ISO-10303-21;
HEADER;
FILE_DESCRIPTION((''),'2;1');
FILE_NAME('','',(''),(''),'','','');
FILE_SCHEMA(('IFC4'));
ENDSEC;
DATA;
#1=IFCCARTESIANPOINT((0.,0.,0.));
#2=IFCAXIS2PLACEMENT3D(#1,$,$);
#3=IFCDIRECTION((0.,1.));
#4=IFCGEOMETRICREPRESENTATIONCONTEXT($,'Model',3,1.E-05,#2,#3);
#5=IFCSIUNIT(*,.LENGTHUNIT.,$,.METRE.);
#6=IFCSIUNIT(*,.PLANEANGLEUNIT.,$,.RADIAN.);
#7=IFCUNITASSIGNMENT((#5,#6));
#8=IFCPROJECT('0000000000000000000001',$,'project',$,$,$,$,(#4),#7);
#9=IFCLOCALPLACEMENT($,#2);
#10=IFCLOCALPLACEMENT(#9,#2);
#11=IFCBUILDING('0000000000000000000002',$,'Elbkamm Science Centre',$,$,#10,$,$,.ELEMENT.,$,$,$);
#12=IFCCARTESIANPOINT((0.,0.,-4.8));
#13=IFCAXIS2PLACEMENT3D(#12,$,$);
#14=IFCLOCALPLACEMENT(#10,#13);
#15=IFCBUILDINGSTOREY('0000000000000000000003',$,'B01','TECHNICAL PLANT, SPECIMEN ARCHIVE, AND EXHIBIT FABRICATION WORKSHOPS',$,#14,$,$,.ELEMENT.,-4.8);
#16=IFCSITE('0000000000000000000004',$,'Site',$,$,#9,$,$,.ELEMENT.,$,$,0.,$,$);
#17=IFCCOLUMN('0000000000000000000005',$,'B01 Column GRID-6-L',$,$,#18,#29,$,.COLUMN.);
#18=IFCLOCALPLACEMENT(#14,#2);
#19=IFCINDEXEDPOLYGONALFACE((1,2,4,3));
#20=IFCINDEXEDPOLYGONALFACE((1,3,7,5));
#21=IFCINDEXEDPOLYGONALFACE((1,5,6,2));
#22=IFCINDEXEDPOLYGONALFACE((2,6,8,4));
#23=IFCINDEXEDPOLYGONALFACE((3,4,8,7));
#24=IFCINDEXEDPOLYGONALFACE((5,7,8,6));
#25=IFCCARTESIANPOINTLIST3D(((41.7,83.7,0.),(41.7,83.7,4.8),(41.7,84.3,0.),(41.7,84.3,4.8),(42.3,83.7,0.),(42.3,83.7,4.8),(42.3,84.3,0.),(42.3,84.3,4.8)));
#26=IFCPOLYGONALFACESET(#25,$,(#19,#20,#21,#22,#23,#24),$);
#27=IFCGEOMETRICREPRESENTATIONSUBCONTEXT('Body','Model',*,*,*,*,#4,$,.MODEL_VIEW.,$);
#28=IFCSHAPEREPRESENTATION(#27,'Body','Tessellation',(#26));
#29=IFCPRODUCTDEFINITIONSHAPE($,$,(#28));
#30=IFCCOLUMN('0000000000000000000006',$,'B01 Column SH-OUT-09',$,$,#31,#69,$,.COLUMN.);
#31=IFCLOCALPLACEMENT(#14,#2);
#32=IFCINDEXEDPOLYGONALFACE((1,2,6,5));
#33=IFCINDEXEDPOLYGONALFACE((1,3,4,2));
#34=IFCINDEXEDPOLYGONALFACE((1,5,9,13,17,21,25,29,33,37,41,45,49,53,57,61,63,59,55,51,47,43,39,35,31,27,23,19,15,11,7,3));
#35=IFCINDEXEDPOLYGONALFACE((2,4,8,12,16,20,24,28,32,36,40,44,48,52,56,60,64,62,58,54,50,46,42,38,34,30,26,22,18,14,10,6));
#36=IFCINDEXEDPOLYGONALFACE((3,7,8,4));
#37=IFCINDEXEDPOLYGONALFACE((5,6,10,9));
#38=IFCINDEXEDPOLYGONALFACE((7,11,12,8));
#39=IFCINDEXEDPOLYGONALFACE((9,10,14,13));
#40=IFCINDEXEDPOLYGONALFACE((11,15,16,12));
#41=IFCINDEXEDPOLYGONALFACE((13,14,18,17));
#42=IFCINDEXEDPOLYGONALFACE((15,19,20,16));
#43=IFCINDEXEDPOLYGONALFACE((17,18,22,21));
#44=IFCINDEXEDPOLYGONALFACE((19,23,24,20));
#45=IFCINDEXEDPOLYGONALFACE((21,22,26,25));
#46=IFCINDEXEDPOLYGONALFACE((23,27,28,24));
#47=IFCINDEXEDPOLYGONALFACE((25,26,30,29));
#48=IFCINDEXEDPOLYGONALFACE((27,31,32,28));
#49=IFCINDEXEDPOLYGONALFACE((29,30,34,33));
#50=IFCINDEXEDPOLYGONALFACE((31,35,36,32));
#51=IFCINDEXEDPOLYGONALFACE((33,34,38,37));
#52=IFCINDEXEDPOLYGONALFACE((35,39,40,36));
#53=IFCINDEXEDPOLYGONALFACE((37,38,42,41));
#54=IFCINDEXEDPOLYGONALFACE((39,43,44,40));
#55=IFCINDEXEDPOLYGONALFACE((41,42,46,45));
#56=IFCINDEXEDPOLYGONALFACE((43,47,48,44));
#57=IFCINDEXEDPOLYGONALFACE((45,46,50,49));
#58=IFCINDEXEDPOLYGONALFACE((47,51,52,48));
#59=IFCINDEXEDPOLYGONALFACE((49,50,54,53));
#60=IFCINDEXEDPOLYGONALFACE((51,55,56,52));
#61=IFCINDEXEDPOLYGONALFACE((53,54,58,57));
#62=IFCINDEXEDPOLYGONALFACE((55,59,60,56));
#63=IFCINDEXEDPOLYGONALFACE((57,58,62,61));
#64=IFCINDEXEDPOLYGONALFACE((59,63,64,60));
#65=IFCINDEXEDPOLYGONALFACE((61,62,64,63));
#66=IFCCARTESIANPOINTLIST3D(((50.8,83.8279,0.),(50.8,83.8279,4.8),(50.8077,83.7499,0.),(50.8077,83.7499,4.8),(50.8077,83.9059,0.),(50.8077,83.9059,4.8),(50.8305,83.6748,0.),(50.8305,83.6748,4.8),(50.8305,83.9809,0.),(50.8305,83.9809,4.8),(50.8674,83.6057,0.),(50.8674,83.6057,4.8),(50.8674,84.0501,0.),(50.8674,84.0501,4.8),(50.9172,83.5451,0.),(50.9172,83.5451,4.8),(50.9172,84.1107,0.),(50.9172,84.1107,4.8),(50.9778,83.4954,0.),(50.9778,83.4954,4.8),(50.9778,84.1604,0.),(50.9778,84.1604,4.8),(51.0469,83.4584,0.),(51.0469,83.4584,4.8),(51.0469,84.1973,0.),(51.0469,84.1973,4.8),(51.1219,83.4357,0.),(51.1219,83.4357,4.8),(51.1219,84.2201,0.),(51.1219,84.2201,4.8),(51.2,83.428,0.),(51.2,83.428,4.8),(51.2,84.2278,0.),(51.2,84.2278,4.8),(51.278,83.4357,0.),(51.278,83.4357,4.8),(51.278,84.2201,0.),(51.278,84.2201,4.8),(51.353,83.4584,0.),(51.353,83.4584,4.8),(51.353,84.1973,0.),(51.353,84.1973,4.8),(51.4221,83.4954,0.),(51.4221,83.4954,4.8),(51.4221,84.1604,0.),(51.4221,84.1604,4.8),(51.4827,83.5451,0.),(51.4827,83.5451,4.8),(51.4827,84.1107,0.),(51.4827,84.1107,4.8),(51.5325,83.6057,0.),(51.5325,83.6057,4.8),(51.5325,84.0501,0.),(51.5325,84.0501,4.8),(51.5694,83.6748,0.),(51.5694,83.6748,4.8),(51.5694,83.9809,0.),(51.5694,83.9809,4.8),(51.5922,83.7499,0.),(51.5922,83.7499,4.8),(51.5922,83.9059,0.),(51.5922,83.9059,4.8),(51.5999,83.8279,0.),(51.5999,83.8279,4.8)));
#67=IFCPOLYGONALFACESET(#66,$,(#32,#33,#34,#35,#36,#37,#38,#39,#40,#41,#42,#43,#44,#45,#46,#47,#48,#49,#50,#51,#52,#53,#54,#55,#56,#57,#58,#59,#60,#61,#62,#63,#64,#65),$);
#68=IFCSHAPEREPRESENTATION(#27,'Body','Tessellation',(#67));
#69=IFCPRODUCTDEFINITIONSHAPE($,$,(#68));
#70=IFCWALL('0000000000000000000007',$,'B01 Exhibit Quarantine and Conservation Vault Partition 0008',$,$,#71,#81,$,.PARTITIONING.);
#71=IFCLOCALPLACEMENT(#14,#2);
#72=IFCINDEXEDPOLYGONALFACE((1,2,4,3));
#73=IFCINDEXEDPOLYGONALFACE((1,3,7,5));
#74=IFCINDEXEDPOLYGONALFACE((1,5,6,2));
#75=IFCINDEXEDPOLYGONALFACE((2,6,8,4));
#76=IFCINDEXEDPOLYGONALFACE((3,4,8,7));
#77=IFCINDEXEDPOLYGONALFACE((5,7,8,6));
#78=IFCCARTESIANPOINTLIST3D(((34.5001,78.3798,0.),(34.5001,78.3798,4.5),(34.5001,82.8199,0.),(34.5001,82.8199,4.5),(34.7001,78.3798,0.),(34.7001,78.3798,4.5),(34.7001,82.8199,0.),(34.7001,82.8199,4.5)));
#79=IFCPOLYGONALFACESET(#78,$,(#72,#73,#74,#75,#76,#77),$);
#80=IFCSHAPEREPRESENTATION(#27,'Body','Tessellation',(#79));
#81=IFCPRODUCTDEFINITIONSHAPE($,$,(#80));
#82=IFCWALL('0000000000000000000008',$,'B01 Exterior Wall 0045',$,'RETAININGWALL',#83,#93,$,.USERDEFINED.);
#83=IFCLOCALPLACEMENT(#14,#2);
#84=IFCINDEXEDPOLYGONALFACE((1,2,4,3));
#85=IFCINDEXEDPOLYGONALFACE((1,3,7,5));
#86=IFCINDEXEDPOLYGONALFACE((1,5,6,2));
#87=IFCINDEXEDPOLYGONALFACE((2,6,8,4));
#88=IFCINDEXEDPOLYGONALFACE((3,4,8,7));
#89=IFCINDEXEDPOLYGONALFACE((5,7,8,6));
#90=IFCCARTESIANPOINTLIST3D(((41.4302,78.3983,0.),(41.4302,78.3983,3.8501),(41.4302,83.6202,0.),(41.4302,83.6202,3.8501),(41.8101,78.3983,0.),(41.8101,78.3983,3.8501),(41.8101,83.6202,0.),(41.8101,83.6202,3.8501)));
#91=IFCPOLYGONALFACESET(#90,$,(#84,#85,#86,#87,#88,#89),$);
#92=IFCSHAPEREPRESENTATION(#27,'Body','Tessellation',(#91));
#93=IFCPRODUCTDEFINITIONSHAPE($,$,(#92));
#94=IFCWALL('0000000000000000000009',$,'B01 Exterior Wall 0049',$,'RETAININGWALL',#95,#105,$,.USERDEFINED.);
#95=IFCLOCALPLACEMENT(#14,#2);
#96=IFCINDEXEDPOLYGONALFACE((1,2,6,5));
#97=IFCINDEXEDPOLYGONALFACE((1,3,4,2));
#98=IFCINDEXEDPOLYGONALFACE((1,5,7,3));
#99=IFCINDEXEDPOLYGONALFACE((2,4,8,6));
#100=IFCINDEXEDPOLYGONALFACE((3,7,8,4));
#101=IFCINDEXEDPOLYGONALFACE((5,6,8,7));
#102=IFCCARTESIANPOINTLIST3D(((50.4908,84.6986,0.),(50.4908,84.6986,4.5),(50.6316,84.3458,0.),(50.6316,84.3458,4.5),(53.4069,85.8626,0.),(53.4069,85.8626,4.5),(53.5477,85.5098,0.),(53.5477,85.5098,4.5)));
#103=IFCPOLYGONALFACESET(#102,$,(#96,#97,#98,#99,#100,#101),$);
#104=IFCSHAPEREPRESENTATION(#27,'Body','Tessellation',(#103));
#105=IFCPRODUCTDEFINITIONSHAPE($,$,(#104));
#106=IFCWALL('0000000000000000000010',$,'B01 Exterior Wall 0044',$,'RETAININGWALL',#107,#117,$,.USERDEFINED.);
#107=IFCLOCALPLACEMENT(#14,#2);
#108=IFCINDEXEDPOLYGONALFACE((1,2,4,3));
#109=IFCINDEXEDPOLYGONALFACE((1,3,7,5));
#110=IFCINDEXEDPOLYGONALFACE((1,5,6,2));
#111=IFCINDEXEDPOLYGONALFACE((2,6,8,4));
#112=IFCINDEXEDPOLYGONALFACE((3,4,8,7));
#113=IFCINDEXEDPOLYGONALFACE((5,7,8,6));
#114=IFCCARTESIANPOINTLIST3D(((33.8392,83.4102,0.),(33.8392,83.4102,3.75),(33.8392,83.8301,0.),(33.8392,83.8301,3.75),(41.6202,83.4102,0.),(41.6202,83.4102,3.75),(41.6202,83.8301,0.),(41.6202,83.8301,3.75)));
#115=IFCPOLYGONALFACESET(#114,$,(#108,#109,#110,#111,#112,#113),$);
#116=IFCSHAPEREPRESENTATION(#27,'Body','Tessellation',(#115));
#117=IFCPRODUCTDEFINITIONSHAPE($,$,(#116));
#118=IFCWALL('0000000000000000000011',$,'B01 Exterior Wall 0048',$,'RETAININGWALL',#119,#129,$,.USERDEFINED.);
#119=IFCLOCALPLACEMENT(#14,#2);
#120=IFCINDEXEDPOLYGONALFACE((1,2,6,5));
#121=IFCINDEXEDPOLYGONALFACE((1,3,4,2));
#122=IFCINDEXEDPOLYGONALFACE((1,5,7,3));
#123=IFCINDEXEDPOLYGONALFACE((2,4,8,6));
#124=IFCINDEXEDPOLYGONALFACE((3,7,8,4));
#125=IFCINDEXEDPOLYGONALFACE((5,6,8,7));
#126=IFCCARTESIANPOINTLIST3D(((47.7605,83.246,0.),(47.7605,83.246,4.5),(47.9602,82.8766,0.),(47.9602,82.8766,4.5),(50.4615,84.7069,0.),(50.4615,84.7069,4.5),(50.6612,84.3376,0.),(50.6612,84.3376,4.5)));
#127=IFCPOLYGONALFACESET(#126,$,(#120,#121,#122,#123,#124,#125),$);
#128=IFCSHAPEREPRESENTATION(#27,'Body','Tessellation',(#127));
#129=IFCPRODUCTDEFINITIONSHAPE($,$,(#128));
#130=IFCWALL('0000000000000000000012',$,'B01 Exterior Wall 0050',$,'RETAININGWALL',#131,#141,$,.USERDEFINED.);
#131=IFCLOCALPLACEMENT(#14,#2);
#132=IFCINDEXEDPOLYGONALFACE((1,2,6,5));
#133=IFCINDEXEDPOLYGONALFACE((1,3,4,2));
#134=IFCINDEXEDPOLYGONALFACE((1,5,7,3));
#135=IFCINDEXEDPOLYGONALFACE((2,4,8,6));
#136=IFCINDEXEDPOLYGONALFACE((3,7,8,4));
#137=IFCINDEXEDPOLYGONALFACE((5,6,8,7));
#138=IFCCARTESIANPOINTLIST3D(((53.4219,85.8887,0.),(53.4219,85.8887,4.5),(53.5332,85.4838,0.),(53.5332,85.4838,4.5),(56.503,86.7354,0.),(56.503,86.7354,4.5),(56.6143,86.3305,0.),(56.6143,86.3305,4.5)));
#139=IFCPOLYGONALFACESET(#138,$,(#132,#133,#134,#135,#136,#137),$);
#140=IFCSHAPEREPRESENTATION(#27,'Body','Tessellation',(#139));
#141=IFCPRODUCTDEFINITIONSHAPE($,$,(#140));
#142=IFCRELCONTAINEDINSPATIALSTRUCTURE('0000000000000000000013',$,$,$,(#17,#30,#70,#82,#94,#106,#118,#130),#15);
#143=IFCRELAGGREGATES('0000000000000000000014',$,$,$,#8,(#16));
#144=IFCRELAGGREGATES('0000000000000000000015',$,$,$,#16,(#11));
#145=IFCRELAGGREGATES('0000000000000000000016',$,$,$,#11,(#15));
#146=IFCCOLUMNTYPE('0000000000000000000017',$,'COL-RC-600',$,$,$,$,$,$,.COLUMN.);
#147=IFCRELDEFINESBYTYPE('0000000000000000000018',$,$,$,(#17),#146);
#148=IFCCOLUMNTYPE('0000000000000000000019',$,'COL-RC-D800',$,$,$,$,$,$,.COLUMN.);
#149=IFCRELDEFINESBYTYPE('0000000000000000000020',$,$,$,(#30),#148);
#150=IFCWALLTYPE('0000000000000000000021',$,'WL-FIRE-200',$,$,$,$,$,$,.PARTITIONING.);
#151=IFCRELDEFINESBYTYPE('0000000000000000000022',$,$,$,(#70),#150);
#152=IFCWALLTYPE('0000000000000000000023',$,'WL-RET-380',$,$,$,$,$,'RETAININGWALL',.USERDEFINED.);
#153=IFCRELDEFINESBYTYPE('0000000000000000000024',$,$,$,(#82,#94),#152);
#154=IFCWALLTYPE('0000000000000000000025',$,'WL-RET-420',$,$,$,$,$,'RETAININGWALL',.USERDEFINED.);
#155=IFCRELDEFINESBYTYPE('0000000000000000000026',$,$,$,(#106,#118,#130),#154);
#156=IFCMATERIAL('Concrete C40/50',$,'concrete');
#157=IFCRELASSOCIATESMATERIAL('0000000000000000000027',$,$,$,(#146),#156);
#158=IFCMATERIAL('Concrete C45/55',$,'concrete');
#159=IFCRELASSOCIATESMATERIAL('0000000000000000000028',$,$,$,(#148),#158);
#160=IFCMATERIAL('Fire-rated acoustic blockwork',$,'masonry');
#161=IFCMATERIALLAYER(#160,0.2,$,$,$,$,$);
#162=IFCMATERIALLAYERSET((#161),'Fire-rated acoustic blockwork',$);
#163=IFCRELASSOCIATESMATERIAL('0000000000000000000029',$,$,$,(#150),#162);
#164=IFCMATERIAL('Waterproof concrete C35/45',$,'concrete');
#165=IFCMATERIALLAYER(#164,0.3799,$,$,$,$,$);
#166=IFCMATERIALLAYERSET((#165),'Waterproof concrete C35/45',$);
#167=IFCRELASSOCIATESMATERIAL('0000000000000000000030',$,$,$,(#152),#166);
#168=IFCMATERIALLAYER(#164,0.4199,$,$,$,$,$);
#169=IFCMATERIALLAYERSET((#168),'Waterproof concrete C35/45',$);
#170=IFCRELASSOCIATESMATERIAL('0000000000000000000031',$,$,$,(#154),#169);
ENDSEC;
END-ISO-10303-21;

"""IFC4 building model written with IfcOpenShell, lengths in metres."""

from ifc_helpers import new_model, si_unit, direction, frame, frame_2d, origin, origin_2d, place, context, subcontext, project, spatial, rectangle, circle, extrude, material, layer, layer_set, material_profile, profile_set, type_object, element, save


model = new_model("IFC4")

# Units and contexts
model_context = context("Model", 3, precision=1e-05, world=origin(), true_north=direction((0.0, 1.0)))
body_context = subcontext(model_context, "Body", "Model", "MODEL_VIEW")
ifc_project = project(units=[si_unit("LENGTHUNIT", "METRE"), si_unit("PLANEANGLEUNIT", "RADIAN")], contexts=[model_context])

# Site, building, storey
site_placement = place(None, origin())
site = spatial("IfcSite", under=ifc_project, at=site_placement, Name="Site", CompositionType="ELEMENT", RefElevation=0.0)
building_placement = place(site_placement, origin())
building = spatial("IfcBuilding", under=site, at=building_placement, Name="Elbkamm Science Centre", CompositionType="ELEMENT")
storey_placement = place(building_placement, frame((0.0, 0.0, -4.8)))
storey = spatial("IfcBuildingStorey", under=building, at=storey_placement, Name="B01", Description="TECHNICAL PLANT, SPECIMEN ARCHIVE, AND EXHIBIT FABRICATION WORKSHOPS", CompositionType="ELEMENT", Elevation=-4.8)

# Columns
ifc_material_1 = material(Name="Concrete C40/50", Category="concrete")
ifc_material_profile_1 = material_profile(ifc_material_1, rectangle(XDim=0.6001, YDim=0.6001, at=origin_2d()), Name="RC 600x600")
ifc_profile_set_1 = profile_set([ifc_material_profile_1], Name="Concrete C40/50")
column_type_1 = type_object("IfcColumnType", Name="COL-RC-600", PredefinedType="COLUMN", material=ifc_profile_set_1)
for number, where, z_axis, x_axis, name in (
    (1, (42.0, 84.0, 0.0), (0.0, 0.0, 1.0), (1.0, 0.0, 0.0), "B01 Column GRID-6-L"),
):
    element("IfcColumn", number, at=place(storey_placement, frame(where, z_axis=z_axis, x_axis=x_axis)), inside=storey, type_object=column_type_1, Name=name, PredefinedType="COLUMN", context=body_context, shape_type="SweptSolid", body=[
        extrude(rectangle(XDim=0.6001, YDim=0.6001, at=origin_2d()), origin(), (0.0, 0.0, 1.0), 4.8),
    ])
ifc_material_2 = material(Name="Concrete C45/55", Category="concrete")
ifc_material_profile_2 = material_profile(ifc_material_2, circle(Radius=0.3999, at=origin_2d()), Name="RC D800")
ifc_profile_set_2 = profile_set([ifc_material_profile_2], Name="Concrete C45/55")
column_type_2 = type_object("IfcColumnType", Name="COL-RC-D800", PredefinedType="COLUMN", material=ifc_profile_set_2)
column_placement = place(storey_placement, frame((51.2, 83.8279, 0.0), z_axis=(0.0, 0.0, 1.0), x_axis=(1.0, 0.0, 0.0)))
element("IfcColumn", 2, at=column_placement, inside=storey, type_object=column_type_2, Name="B01 Column SH-OUT-09", PredefinedType="COLUMN", context=body_context, shape_type="SweptSolid", body=[
    extrude(circle(Radius=0.3999, at=origin_2d()), origin(), (0.0, 0.0, 1.0), 4.8),
])

# Walls
ifc_material_3 = material(Name="Fire-rated acoustic blockwork", Category="masonry")
ifc_layer_1 = layer(ifc_material_3, 0.2)
ifc_layer_set_1 = layer_set([ifc_layer_1], Name="Fire-rated acoustic blockwork")
wall_type_1 = type_object("IfcWallType", Name="WL-FIRE-200", PredefinedType="PARTITIONING", material=ifc_layer_set_1)
wall_1_placement = place(storey_placement, frame((34.6001, 82.8201, 0.0), z_axis=(0.0, 0.0, 1.0), x_axis=(0.0, -1.0, 0.0)))
element("IfcWall", 3, at=wall_1_placement, inside=storey, type_object=wall_type_1, Name="B01 Exhibit Quarantine and Conservation Vault Partition 0008", PredefinedType="PARTITIONING", context=body_context, shape_type="SweptSolid", body=[
    extrude(rectangle(XDim=4.4402, YDim=0.2, at=frame_2d((2.2202, 0.0))), origin(), (0.0, 0.0, 1.0), 4.5),
])
ifc_material_4 = material(Name="Waterproof concrete C35/45", Category="concrete")
ifc_layer_2 = layer(ifc_material_4, 0.3799)
ifc_layer_set_2 = layer_set([ifc_layer_2], Name="Waterproof concrete C35/45")
wall_type_2 = type_object("IfcWallType", Name="WL-RET-380", ElementType="RETAININGWALL", PredefinedType="USERDEFINED", material=ifc_layer_set_2)
wall_2_placement = place(storey_placement, frame((41.6201, 83.6201, 0.0), z_axis=(0.0, 0.0, 1.0), x_axis=(0.0, -1.0, 0.0)))
element("IfcWall", 4, at=wall_2_placement, inside=storey, type_object=wall_type_2, Name="B01 Exterior Wall 0045", ObjectType="RETAININGWALL", PredefinedType="USERDEFINED", context=body_context, shape_type="SweptSolid", body=[
    extrude(rectangle(XDim=5.2219, YDim=0.3799, at=frame_2d((2.6108, 0.0))), origin(), (0.0, 0.0, 1.0), 3.8501),
])
wall_3_placement = place(storey_placement, frame((50.5613, 84.5222, 0.0), z_axis=(0.0, 0.0, 1.0), x_axis=(0.928745, 0.37072, 0.0)))
element("IfcWall", 5, at=wall_3_placement, inside=storey, type_object=wall_type_2, Name="B01 Exterior Wall 0049", ObjectType="RETAININGWALL", PredefinedType="USERDEFINED", context=body_context, shape_type="SweptSolid", body=[
    extrude(rectangle(XDim=3.1399, YDim=0.3799, at=frame_2d((1.5698, 0.0))), origin(), (0.0, 0.0, 1.0), 4.5),
])
ifc_layer_3 = layer(ifc_material_4, 0.4199)
ifc_layer_set_3 = layer_set([ifc_layer_3], Name="Waterproof concrete C35/45")
wall_type_3 = type_object("IfcWallType", Name="WL-RET-420", ElementType="RETAININGWALL", PredefinedType="USERDEFINED", material=ifc_layer_set_3)
wall_4_placement = place(storey_placement, frame((33.8391, 83.6201, 0.0), z_axis=(0.0, 0.0, 1.0), x_axis=(1.0, 0.0, 0.0)))
element("IfcWall", 6, at=wall_4_placement, inside=storey, type_object=wall_type_3, Name="B01 Exterior Wall 0044", ObjectType="RETAININGWALL", PredefinedType="USERDEFINED", context=body_context, shape_type="SweptSolid", body=[
    extrude(rectangle(XDim=7.781, YDim=0.4199, at=frame_2d((3.8906, 0.0))), origin(), (0.0, 0.0, 1.0), 3.75),
])
wall_5_placement = place(storey_placement, frame((47.8604, 83.0613, 0.0), z_axis=(0.0, 0.0, 1.0), x_axis=(0.879573, 0.475763, 0.0)))
element("IfcWall", 7, at=wall_5_placement, inside=storey, type_object=wall_type_3, Name="B01 Exterior Wall 0048", ObjectType="RETAININGWALL", PredefinedType="USERDEFINED", context=body_context, shape_type="SweptSolid", body=[
    extrude(rectangle(XDim=3.0708, YDim=0.4199, at=frame_2d((1.5354, 0.0))), origin(), (0.0, 0.0, 1.0), 4.5),
])
wall_6_placement = place(storey_placement, frame((53.4775, 85.6863, 0.0), z_axis=(0.0, 0.0, 1.0), x_axis=(0.964254, 0.264979, 0.0)))
element("IfcWall", 8, at=wall_6_placement, inside=storey, type_object=wall_type_3, Name="B01 Exterior Wall 0050", ObjectType="RETAININGWALL", PredefinedType="USERDEFINED", context=body_context, shape_type="SweptSolid", body=[
    extrude(rectangle(XDim=3.1953, YDim=0.4199, at=frame_2d((1.5977, 0.0))), origin(), (0.0, 0.0, 1.0), 4.5),
])

save(model, "model.ifc")
